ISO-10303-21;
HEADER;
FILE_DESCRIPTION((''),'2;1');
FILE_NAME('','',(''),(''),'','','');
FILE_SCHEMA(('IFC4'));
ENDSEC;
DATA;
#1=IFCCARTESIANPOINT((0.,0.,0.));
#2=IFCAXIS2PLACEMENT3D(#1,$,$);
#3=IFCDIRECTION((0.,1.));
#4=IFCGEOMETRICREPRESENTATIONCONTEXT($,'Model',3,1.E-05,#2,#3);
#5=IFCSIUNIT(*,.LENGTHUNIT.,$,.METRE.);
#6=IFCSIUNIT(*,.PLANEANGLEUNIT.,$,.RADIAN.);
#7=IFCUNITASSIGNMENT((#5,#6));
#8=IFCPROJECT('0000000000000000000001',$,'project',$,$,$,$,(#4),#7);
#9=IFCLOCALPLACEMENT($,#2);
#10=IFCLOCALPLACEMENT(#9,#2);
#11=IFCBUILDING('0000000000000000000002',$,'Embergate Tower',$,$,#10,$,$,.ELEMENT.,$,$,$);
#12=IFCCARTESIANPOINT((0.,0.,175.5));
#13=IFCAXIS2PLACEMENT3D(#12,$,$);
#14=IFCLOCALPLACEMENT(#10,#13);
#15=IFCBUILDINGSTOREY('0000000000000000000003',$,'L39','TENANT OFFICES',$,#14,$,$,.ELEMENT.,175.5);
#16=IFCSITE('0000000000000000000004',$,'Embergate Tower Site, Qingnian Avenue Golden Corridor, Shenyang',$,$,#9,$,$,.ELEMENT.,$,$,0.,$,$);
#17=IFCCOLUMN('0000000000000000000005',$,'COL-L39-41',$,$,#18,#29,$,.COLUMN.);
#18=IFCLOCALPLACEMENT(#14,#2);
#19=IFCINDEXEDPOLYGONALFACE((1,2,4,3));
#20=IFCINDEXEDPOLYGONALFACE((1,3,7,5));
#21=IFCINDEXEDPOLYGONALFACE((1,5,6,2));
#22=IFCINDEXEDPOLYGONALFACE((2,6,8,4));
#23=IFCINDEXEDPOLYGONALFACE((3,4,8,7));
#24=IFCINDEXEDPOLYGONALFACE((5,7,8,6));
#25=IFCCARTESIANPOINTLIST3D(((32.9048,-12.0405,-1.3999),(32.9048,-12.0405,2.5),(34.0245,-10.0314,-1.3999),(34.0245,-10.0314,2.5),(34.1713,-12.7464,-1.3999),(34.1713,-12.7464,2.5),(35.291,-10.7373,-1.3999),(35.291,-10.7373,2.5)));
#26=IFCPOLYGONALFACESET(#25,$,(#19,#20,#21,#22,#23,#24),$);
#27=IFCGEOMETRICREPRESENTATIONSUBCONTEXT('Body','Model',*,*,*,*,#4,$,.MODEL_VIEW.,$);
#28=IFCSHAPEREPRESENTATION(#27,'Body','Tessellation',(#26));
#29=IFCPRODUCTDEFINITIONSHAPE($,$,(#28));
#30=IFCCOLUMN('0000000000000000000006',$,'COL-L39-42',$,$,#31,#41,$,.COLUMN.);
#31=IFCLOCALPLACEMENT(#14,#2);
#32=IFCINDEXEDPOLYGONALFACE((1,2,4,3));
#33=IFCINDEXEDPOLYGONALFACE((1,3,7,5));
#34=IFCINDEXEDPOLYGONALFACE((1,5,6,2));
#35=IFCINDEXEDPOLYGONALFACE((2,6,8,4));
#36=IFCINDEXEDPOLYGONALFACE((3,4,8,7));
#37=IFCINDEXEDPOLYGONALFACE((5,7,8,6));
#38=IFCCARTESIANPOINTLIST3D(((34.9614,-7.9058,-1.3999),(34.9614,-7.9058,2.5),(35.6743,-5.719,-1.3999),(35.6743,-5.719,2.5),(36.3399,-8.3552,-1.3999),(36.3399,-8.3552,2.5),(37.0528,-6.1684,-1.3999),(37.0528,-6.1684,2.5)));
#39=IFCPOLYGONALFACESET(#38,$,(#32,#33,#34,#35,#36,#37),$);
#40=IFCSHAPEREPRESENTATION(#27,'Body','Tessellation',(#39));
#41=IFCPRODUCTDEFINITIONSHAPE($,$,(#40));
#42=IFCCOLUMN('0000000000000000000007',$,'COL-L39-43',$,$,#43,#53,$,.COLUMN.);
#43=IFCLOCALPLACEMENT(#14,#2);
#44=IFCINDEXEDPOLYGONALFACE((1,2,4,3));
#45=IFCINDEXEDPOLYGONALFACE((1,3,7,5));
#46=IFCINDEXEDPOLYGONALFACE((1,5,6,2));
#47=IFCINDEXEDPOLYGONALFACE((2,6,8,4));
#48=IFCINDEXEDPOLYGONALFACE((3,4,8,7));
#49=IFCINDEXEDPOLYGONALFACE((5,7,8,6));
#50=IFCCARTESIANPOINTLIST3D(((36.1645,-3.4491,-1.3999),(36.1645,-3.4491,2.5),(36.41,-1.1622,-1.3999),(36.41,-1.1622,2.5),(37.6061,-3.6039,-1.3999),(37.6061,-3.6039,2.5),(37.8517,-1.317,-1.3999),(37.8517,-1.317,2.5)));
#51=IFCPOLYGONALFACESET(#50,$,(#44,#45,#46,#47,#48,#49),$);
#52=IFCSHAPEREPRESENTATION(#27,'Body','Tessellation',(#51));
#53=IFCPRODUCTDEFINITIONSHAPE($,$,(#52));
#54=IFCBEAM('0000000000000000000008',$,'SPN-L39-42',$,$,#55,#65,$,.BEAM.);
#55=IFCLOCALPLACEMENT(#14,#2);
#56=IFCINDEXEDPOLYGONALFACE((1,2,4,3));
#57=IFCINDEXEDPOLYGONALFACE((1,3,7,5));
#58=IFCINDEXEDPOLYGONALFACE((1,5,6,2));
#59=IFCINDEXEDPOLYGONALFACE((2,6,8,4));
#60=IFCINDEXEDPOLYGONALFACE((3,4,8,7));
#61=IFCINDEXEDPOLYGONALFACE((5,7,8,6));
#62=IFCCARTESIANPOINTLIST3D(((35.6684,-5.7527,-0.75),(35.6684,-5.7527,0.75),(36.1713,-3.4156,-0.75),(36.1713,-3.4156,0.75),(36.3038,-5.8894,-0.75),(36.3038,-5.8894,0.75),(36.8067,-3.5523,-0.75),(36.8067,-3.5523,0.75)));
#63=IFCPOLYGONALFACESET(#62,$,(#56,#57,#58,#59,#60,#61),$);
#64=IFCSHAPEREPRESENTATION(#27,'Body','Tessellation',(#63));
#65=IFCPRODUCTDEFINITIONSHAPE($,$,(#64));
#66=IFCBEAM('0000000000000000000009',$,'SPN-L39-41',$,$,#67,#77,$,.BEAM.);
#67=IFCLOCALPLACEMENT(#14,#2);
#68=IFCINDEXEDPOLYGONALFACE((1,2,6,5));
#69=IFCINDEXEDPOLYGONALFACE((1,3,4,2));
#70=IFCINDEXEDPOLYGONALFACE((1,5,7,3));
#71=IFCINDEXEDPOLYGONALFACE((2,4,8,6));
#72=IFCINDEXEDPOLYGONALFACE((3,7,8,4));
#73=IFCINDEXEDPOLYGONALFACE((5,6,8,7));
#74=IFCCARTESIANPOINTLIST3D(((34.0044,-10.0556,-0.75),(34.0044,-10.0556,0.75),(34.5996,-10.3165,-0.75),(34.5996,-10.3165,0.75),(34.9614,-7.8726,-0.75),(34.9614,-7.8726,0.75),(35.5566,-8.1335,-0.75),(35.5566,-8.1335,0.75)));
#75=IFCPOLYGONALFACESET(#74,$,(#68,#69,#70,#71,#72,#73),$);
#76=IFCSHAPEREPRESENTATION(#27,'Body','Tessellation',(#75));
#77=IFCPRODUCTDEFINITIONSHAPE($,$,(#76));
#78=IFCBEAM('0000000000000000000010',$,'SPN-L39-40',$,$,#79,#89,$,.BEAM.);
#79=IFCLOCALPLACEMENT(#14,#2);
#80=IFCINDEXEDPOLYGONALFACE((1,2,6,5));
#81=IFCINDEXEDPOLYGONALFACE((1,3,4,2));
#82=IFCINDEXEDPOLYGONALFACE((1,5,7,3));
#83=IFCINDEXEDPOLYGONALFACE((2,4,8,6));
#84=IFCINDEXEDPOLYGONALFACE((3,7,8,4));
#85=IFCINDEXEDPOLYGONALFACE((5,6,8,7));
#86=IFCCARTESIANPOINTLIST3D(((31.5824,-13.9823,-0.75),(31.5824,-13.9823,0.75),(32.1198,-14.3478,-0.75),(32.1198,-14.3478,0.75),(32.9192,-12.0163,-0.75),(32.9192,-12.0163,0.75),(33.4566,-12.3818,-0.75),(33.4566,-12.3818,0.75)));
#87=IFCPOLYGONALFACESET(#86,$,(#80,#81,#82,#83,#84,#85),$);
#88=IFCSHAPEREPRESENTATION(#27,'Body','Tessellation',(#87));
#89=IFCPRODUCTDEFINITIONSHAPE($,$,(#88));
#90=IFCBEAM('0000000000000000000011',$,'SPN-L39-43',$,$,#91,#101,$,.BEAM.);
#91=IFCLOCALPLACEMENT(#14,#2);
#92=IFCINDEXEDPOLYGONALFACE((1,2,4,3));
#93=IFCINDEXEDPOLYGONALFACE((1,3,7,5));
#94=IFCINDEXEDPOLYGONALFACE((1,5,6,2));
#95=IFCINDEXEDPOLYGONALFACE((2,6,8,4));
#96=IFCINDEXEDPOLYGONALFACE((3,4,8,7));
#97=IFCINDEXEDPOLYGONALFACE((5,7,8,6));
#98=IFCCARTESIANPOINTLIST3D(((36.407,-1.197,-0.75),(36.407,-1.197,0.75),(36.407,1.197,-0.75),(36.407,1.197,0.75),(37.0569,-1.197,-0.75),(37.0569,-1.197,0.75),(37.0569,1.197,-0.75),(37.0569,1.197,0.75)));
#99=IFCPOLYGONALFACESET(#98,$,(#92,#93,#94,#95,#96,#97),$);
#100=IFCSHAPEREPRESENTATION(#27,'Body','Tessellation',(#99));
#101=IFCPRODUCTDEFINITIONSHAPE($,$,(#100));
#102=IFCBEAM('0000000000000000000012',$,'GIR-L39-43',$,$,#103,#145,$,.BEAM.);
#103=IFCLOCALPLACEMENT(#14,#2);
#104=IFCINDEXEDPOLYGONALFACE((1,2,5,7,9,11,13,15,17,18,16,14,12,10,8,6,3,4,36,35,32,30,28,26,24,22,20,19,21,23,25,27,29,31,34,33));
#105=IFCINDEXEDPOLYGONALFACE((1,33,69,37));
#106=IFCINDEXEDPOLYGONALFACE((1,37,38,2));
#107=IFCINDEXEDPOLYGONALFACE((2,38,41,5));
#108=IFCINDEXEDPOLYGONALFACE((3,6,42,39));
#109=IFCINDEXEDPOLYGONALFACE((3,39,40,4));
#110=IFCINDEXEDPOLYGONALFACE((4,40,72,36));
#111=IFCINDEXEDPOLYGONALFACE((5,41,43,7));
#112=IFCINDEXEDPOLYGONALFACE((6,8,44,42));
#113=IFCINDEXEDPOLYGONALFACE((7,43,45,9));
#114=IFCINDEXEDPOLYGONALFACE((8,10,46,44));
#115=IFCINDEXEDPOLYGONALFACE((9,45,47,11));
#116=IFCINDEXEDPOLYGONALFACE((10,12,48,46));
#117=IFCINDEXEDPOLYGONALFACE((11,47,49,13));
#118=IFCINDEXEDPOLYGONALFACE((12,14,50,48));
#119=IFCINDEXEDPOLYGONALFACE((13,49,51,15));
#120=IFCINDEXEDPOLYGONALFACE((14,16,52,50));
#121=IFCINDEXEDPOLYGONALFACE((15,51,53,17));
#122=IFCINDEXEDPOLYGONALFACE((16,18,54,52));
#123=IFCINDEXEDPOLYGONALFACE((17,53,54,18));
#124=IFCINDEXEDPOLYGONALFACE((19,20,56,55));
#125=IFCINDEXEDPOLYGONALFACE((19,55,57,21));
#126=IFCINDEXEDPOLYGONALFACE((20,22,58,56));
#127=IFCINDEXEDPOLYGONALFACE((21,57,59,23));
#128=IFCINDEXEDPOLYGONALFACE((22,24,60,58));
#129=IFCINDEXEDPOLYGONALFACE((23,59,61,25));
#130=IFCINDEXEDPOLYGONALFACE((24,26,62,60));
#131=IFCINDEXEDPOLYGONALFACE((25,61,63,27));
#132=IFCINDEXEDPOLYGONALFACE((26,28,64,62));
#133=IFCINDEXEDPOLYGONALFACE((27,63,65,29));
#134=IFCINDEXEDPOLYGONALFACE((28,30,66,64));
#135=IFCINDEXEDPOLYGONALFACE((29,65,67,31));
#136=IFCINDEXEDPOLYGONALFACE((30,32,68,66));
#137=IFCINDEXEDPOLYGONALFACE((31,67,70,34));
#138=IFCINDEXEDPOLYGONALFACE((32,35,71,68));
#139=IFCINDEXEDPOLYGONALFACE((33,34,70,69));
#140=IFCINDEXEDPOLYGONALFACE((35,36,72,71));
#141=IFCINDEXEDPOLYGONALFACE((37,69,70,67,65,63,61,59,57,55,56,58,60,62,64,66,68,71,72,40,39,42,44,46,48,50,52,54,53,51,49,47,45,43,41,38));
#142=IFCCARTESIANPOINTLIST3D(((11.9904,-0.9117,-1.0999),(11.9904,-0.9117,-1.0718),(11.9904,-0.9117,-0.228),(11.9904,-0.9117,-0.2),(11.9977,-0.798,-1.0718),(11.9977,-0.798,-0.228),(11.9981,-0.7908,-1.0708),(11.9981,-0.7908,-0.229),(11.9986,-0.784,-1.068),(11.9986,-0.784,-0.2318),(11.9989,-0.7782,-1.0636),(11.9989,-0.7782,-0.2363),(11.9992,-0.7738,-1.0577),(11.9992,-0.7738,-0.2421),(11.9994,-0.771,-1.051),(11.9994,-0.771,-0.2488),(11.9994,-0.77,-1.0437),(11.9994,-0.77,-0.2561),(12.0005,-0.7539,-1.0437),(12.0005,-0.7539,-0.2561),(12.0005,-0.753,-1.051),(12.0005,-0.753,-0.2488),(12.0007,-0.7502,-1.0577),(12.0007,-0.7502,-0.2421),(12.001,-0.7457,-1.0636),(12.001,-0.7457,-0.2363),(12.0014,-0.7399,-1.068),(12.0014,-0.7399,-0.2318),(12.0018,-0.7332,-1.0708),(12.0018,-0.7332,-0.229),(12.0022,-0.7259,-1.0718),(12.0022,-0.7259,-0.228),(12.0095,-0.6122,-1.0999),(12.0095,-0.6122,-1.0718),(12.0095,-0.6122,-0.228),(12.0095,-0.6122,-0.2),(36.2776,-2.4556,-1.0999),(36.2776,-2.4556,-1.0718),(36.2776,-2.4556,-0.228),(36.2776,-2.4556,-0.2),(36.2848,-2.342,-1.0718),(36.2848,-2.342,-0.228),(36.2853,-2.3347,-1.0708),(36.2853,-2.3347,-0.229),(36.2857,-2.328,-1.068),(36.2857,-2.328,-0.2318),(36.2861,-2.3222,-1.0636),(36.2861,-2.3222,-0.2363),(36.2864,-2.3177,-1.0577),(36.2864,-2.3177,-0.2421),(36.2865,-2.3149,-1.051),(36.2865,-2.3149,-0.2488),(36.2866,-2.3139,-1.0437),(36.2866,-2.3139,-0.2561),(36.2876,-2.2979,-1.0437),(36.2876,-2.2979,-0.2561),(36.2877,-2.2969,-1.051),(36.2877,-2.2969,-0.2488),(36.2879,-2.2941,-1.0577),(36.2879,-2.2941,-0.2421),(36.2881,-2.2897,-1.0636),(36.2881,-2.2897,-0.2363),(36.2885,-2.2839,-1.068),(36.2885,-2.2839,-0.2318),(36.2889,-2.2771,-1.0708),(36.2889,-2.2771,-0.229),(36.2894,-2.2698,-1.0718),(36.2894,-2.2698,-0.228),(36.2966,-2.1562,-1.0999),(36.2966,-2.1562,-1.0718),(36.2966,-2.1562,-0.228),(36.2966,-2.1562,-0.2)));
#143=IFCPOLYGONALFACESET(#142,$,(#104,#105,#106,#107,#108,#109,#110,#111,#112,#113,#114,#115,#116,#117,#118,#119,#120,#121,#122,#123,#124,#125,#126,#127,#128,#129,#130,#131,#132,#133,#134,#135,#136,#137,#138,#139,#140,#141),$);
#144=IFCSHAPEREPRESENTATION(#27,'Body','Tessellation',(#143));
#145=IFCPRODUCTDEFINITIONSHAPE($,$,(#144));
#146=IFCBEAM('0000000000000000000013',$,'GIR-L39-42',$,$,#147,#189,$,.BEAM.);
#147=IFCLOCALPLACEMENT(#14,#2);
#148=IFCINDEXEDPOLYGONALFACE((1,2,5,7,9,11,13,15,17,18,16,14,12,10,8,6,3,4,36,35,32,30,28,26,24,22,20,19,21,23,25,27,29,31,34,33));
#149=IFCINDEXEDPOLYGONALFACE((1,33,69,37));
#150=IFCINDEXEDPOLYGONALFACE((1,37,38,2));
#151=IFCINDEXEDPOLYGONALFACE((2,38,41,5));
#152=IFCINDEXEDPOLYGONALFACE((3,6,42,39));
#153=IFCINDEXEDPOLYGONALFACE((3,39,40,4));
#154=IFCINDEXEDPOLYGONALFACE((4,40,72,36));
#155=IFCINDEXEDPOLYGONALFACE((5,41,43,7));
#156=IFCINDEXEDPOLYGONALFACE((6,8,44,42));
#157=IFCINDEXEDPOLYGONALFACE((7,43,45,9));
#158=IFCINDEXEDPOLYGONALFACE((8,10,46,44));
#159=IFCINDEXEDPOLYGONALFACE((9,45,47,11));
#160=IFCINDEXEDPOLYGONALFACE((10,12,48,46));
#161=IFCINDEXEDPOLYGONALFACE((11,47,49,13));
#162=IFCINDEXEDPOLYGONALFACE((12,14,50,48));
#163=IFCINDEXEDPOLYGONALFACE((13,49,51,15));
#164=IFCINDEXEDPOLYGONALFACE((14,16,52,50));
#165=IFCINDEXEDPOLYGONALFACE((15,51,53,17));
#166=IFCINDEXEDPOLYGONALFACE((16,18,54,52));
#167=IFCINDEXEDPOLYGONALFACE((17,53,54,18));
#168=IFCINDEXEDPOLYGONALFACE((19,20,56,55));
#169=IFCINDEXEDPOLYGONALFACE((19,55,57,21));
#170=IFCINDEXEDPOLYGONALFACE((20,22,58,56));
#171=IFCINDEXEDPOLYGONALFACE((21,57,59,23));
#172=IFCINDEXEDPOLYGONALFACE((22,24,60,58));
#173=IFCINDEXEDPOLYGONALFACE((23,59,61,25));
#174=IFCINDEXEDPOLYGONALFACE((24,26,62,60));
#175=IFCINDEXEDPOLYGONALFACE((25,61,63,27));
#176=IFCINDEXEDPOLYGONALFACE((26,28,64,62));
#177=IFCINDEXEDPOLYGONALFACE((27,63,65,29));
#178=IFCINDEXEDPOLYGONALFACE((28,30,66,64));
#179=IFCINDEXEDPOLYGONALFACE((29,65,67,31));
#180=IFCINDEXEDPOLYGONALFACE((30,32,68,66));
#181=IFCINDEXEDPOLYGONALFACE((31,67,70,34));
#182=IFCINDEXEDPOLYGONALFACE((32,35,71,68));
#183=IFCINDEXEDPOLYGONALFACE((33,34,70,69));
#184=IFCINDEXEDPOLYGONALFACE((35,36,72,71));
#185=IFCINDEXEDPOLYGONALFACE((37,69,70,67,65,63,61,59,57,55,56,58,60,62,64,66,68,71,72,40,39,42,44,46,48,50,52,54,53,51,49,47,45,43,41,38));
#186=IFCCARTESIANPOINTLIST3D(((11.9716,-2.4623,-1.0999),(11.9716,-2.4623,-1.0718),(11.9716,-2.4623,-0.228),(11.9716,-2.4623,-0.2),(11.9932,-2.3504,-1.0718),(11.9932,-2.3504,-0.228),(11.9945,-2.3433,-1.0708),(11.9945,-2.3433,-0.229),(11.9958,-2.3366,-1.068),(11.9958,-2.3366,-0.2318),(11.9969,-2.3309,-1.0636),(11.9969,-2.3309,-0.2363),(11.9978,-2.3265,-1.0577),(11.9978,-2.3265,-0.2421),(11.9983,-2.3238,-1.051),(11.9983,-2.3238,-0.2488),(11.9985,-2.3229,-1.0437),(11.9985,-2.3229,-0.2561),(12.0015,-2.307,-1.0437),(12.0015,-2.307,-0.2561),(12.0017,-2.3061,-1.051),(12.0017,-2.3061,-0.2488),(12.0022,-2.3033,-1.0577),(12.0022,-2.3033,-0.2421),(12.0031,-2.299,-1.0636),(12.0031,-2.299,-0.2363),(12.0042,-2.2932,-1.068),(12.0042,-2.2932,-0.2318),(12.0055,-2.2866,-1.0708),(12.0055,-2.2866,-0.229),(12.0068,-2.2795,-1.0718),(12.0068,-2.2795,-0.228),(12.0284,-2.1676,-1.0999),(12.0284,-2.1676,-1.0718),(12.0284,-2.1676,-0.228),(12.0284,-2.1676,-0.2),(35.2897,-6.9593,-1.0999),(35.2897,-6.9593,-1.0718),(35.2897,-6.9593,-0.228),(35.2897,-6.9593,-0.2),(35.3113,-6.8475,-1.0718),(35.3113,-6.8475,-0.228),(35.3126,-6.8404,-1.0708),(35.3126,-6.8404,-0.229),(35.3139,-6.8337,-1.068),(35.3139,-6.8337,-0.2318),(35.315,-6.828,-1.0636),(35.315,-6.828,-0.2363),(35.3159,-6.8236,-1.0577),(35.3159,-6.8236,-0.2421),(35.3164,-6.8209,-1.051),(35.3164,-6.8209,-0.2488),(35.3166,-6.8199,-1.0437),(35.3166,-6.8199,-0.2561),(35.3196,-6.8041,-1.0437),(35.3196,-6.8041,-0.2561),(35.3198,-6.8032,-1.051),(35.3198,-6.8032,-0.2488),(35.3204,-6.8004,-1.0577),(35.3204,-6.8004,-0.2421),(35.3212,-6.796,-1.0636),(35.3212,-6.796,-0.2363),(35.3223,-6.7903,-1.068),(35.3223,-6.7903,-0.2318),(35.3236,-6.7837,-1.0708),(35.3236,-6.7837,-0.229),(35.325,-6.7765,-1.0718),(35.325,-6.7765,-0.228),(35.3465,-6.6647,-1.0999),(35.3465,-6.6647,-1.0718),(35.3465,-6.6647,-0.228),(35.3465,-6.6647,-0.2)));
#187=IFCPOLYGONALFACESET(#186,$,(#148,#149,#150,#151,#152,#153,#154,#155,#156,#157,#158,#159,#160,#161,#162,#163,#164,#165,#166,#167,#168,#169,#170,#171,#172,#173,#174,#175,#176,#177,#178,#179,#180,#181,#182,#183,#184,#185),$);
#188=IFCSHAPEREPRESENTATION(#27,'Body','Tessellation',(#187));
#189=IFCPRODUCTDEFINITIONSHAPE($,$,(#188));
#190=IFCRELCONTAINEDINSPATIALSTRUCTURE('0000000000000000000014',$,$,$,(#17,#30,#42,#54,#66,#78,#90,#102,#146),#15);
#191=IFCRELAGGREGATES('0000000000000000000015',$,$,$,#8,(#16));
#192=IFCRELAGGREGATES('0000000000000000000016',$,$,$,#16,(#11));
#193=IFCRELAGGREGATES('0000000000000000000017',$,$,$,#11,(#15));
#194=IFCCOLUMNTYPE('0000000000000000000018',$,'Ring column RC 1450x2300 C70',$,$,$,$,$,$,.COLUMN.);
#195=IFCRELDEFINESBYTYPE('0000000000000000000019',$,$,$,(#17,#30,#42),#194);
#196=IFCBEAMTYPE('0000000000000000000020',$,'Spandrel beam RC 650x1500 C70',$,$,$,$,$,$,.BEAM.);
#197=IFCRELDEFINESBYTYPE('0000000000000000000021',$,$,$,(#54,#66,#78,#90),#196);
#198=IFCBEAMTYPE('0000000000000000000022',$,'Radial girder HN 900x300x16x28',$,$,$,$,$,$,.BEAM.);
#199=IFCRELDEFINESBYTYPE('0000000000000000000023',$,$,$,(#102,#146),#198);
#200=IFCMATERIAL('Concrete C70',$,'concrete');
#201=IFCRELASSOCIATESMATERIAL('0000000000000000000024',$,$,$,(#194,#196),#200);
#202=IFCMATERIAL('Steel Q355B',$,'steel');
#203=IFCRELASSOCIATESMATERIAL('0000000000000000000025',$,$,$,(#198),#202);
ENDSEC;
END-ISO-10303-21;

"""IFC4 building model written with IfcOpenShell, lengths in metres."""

from ifc_helpers import new_model, si_unit, direction, frame, origin, origin_2d, place, context, subcontext, project, spatial, rectangle, i_section, extrude, source, transform, mapped, material, material_profile, profile_set, type_object, element, save


model = new_model("IFC4")

# Units and contexts
model_context = context("Model", 3, precision=1e-05, world=origin(), true_north=direction((0.0, 1.0)))
body_context = subcontext(model_context, "Body", "Model", "MODEL_VIEW")
ifc_project = project(units=[si_unit("LENGTHUNIT", "METRE"), si_unit("PLANEANGLEUNIT", "RADIAN")], contexts=[model_context])

# Site, building, storey
site_placement = place(None, origin())
site = spatial("IfcSite", under=ifc_project, at=site_placement, Name="Embergate Tower Site, Qingnian Avenue Golden Corridor, Shenyang", CompositionType="ELEMENT", RefElevation=0.0)
building_placement = place(site_placement, origin())
building = spatial("IfcBuilding", under=site, at=building_placement, Name="Embergate Tower", CompositionType="ELEMENT")
storey_placement = place(building_placement, frame((0.0, 0.0, 175.5)))
storey = spatial("IfcBuildingStorey", under=building, at=storey_placement, Name="L39", Description="TENANT OFFICES", CompositionType="ELEMENT", Elevation=175.5)

# Columns
ifc_material_1 = material(Name="Concrete C70", Category="concrete")
ifc_material_profile_1 = material_profile(ifc_material_1, rectangle(XDim=1.45, YDim=2.3, at=origin_2d()), Name="RC 1450x2300")
ifc_profile_set_1 = profile_set([ifc_material_profile_1], Name="Concrete C70")
column_type = type_object("IfcColumnType", Name="Ring column RC 1450x2300 C70", PredefinedType="COLUMN", material=ifc_profile_set_1)
shared_shape_1 = source(origin(), body_context, "Body", "SweptSolid", [
    extrude(rectangle(XDim=1.45, YDim=2.3, at=origin_2d()), origin(), (0.0, 0.0, 1.0), 3.8999),
])
for number, where, z_axis, x_axis, name in (
    (1, (34.0979, -11.3889, -1.3999), (0.0, 0.0, 1.0), (0.873492, -0.486839, 0.0), "COL-L39-41"),
    (2, (36.0071, -7.0371, -1.3999), (0.0, 0.0, 1.0), (0.950754, -0.309946, 0.0), "COL-L39-42"),
    (3, (37.0081, -2.3831, -1.3999), (0.0, 0.0, 1.0), (0.994286, -0.10675, 0.0), "COL-L39-43"),
):
    element("IfcColumn", number, at=place(storey_placement, frame(where, z_axis=z_axis, x_axis=x_axis)), inside=storey, type_object=column_type, Name=name, PredefinedType="COLUMN", context=body_context, shape_type="MappedRepresentation", body=[
        mapped(shared_shape_1, transform((0.0, 0.0, 0.0))),
    ])

# Beams
ifc_material_profile_2 = material_profile(ifc_material_1, rectangle(XDim=0.6499, YDim=1.5, at=origin_2d()), Name="RC 650x1500")
ifc_profile_set_2 = profile_set([ifc_material_profile_2], Name="Concrete C70")
beam_type_1 = type_object("IfcBeamType", Name="Spandrel beam RC 650x1500 C70", PredefinedType="BEAM", material=ifc_profile_set_2)
shared_shape_2 = source(origin(), body_context, "Body", "SweptSolid", [
    extrude(rectangle(XDim=0.6499, YDim=1.5, at=origin_2d()), origin(), (0.0, 0.0, 1.0), 2.3906),
])
beam_1_placement = place(storey_placement, frame((35.9861, -5.821, 0.0), z_axis=(0.210373, 0.977621, 0.0), x_axis=(-0.977621, 0.210373, 0.0)))
element("IfcBeam", 4, at=beam_1_placement, inside=storey, type_object=beam_type_1, Name="SPN-L39-42", PredefinedType="BEAM", context=body_context, shape_type="MappedRepresentation", body=[
    mapped(shared_shape_2, transform((0.0, 0.0, 0.0))),
])
shared_shape_3 = source(origin(), body_context, "Body", "SweptSolid", [
    extrude(rectangle(XDim=0.6499, YDim=1.5, at=origin_2d()), origin(), (0.0, 0.0, 1.0), 2.3835),
])
beam_2_placement = place(storey_placement, frame((34.302, -10.186, 0.0), z_axis=(0.401496, 0.915861, 0.0), x_axis=(-0.915861, 0.401496, 0.0)))
element("IfcBeam", 5, at=beam_2_placement, inside=storey, type_object=beam_type_1, Name="SPN-L39-41", PredefinedType="BEAM", context=body_context, shape_type="MappedRepresentation", body=[
    mapped(shared_shape_3, transform((0.0, 0.0, 0.0))),
])
shared_shape_4 = source(origin(), body_context, "Body", "SweptSolid", [
    extrude(rectangle(XDim=0.6499, YDim=1.5, at=origin_2d()), origin(), (0.0, 0.0, 1.0), 2.3774),
])
beam_3_placement = place(storey_placement, frame((31.8511, -14.165, 0.0), z_axis=(0.562307, 0.826928, 0.0), x_axis=(-0.826928, 0.562307, 0.0)))
element("IfcBeam", 6, at=beam_3_placement, inside=storey, type_object=beam_type_1, Name="SPN-L39-40", PredefinedType="BEAM", context=body_context, shape_type="MappedRepresentation", body=[
    mapped(shared_shape_4, transform((0.0, 0.0, 0.0))),
])
shared_shape_5 = source(origin(), body_context, "Body", "SweptSolid", [
    extrude(rectangle(XDim=0.6499, YDim=1.5, at=origin_2d()), origin(), (0.0, 0.0, 1.0), 2.394),
])
beam_4_placement = place(storey_placement, frame((36.7319, -1.197, 0.0), z_axis=(0.0, 1.0, 0.0), x_axis=(-1.0, 0.0, 0.0)))
element("IfcBeam", 7, at=beam_4_placement, inside=storey, type_object=beam_type_1, Name="SPN-L39-43", PredefinedType="BEAM", context=body_context, shape_type="MappedRepresentation", body=[
    mapped(shared_shape_5, transform((0.0, 0.0, 0.0))),
])
ifc_material_2 = material(Name="Steel Q355B", Category="steel")
ifc_material_profile_3 = material_profile(ifc_material_2, i_section(OverallWidth=0.3, OverallDepth=0.8999, WebThickness=0.0161, FlangeThickness=0.0281, FilletRadius=0.0281, at=origin_2d()), Name="HN 900x300x16x28")
ifc_profile_set_3 = profile_set([ifc_material_profile_3], Name="Steel Q355 grade B")
beam_type_2 = type_object("IfcBeamType", Name="Radial girder HN 900x300x16x28", PredefinedType="BEAM", material=ifc_profile_set_3)
shared_shape_6 = source(origin(), body_context, "Body", "SweptSolid", [
    extrude(i_section(OverallWidth=0.3, OverallDepth=0.8999, WebThickness=0.0161, FlangeThickness=0.0281, FilletRadius=0.0281, at=origin_2d()), origin(), (0.0, 0.0, 1.0), 24.3362),
])
beam_5_placement = place(storey_placement, frame((36.2871, -2.3059, -0.6499), z_axis=(-0.997985, 0.063443, 0.0), x_axis=(-0.063443, -0.997985, 0.0)))
element("IfcBeam", 8, at=beam_5_placement, inside=storey, type_object=beam_type_2, Name="GIR-L39-43", PredefinedType="BEAM", context=body_context, shape_type="MappedRepresentation", body=[
    mapped(shared_shape_6, transform((0.0, 0.0, 0.0))),
])
shared_shape_7 = source(origin(), body_context, "Body", "SweptSolid", [
    extrude(i_section(OverallWidth=0.3, OverallDepth=0.8999, WebThickness=0.0161, FlangeThickness=0.0281, FilletRadius=0.0281, at=origin_2d()), origin(), (0.0, 0.0, 1.0), 23.7478),
])
beam_6_placement = place(storey_placement, frame((35.3181, -6.812, -0.6499), z_axis=(-0.981906, 0.189368, 0.0), x_axis=(-0.189368, -0.981906, 0.0)))
element("IfcBeam", 9, at=beam_6_placement, inside=storey, type_object=beam_type_2, Name="GIR-L39-42", PredefinedType="BEAM", context=body_context, shape_type="MappedRepresentation", body=[
    mapped(shared_shape_7, transform((0.0, 0.0, 0.0))),
])

save(model, "model.ifc")
